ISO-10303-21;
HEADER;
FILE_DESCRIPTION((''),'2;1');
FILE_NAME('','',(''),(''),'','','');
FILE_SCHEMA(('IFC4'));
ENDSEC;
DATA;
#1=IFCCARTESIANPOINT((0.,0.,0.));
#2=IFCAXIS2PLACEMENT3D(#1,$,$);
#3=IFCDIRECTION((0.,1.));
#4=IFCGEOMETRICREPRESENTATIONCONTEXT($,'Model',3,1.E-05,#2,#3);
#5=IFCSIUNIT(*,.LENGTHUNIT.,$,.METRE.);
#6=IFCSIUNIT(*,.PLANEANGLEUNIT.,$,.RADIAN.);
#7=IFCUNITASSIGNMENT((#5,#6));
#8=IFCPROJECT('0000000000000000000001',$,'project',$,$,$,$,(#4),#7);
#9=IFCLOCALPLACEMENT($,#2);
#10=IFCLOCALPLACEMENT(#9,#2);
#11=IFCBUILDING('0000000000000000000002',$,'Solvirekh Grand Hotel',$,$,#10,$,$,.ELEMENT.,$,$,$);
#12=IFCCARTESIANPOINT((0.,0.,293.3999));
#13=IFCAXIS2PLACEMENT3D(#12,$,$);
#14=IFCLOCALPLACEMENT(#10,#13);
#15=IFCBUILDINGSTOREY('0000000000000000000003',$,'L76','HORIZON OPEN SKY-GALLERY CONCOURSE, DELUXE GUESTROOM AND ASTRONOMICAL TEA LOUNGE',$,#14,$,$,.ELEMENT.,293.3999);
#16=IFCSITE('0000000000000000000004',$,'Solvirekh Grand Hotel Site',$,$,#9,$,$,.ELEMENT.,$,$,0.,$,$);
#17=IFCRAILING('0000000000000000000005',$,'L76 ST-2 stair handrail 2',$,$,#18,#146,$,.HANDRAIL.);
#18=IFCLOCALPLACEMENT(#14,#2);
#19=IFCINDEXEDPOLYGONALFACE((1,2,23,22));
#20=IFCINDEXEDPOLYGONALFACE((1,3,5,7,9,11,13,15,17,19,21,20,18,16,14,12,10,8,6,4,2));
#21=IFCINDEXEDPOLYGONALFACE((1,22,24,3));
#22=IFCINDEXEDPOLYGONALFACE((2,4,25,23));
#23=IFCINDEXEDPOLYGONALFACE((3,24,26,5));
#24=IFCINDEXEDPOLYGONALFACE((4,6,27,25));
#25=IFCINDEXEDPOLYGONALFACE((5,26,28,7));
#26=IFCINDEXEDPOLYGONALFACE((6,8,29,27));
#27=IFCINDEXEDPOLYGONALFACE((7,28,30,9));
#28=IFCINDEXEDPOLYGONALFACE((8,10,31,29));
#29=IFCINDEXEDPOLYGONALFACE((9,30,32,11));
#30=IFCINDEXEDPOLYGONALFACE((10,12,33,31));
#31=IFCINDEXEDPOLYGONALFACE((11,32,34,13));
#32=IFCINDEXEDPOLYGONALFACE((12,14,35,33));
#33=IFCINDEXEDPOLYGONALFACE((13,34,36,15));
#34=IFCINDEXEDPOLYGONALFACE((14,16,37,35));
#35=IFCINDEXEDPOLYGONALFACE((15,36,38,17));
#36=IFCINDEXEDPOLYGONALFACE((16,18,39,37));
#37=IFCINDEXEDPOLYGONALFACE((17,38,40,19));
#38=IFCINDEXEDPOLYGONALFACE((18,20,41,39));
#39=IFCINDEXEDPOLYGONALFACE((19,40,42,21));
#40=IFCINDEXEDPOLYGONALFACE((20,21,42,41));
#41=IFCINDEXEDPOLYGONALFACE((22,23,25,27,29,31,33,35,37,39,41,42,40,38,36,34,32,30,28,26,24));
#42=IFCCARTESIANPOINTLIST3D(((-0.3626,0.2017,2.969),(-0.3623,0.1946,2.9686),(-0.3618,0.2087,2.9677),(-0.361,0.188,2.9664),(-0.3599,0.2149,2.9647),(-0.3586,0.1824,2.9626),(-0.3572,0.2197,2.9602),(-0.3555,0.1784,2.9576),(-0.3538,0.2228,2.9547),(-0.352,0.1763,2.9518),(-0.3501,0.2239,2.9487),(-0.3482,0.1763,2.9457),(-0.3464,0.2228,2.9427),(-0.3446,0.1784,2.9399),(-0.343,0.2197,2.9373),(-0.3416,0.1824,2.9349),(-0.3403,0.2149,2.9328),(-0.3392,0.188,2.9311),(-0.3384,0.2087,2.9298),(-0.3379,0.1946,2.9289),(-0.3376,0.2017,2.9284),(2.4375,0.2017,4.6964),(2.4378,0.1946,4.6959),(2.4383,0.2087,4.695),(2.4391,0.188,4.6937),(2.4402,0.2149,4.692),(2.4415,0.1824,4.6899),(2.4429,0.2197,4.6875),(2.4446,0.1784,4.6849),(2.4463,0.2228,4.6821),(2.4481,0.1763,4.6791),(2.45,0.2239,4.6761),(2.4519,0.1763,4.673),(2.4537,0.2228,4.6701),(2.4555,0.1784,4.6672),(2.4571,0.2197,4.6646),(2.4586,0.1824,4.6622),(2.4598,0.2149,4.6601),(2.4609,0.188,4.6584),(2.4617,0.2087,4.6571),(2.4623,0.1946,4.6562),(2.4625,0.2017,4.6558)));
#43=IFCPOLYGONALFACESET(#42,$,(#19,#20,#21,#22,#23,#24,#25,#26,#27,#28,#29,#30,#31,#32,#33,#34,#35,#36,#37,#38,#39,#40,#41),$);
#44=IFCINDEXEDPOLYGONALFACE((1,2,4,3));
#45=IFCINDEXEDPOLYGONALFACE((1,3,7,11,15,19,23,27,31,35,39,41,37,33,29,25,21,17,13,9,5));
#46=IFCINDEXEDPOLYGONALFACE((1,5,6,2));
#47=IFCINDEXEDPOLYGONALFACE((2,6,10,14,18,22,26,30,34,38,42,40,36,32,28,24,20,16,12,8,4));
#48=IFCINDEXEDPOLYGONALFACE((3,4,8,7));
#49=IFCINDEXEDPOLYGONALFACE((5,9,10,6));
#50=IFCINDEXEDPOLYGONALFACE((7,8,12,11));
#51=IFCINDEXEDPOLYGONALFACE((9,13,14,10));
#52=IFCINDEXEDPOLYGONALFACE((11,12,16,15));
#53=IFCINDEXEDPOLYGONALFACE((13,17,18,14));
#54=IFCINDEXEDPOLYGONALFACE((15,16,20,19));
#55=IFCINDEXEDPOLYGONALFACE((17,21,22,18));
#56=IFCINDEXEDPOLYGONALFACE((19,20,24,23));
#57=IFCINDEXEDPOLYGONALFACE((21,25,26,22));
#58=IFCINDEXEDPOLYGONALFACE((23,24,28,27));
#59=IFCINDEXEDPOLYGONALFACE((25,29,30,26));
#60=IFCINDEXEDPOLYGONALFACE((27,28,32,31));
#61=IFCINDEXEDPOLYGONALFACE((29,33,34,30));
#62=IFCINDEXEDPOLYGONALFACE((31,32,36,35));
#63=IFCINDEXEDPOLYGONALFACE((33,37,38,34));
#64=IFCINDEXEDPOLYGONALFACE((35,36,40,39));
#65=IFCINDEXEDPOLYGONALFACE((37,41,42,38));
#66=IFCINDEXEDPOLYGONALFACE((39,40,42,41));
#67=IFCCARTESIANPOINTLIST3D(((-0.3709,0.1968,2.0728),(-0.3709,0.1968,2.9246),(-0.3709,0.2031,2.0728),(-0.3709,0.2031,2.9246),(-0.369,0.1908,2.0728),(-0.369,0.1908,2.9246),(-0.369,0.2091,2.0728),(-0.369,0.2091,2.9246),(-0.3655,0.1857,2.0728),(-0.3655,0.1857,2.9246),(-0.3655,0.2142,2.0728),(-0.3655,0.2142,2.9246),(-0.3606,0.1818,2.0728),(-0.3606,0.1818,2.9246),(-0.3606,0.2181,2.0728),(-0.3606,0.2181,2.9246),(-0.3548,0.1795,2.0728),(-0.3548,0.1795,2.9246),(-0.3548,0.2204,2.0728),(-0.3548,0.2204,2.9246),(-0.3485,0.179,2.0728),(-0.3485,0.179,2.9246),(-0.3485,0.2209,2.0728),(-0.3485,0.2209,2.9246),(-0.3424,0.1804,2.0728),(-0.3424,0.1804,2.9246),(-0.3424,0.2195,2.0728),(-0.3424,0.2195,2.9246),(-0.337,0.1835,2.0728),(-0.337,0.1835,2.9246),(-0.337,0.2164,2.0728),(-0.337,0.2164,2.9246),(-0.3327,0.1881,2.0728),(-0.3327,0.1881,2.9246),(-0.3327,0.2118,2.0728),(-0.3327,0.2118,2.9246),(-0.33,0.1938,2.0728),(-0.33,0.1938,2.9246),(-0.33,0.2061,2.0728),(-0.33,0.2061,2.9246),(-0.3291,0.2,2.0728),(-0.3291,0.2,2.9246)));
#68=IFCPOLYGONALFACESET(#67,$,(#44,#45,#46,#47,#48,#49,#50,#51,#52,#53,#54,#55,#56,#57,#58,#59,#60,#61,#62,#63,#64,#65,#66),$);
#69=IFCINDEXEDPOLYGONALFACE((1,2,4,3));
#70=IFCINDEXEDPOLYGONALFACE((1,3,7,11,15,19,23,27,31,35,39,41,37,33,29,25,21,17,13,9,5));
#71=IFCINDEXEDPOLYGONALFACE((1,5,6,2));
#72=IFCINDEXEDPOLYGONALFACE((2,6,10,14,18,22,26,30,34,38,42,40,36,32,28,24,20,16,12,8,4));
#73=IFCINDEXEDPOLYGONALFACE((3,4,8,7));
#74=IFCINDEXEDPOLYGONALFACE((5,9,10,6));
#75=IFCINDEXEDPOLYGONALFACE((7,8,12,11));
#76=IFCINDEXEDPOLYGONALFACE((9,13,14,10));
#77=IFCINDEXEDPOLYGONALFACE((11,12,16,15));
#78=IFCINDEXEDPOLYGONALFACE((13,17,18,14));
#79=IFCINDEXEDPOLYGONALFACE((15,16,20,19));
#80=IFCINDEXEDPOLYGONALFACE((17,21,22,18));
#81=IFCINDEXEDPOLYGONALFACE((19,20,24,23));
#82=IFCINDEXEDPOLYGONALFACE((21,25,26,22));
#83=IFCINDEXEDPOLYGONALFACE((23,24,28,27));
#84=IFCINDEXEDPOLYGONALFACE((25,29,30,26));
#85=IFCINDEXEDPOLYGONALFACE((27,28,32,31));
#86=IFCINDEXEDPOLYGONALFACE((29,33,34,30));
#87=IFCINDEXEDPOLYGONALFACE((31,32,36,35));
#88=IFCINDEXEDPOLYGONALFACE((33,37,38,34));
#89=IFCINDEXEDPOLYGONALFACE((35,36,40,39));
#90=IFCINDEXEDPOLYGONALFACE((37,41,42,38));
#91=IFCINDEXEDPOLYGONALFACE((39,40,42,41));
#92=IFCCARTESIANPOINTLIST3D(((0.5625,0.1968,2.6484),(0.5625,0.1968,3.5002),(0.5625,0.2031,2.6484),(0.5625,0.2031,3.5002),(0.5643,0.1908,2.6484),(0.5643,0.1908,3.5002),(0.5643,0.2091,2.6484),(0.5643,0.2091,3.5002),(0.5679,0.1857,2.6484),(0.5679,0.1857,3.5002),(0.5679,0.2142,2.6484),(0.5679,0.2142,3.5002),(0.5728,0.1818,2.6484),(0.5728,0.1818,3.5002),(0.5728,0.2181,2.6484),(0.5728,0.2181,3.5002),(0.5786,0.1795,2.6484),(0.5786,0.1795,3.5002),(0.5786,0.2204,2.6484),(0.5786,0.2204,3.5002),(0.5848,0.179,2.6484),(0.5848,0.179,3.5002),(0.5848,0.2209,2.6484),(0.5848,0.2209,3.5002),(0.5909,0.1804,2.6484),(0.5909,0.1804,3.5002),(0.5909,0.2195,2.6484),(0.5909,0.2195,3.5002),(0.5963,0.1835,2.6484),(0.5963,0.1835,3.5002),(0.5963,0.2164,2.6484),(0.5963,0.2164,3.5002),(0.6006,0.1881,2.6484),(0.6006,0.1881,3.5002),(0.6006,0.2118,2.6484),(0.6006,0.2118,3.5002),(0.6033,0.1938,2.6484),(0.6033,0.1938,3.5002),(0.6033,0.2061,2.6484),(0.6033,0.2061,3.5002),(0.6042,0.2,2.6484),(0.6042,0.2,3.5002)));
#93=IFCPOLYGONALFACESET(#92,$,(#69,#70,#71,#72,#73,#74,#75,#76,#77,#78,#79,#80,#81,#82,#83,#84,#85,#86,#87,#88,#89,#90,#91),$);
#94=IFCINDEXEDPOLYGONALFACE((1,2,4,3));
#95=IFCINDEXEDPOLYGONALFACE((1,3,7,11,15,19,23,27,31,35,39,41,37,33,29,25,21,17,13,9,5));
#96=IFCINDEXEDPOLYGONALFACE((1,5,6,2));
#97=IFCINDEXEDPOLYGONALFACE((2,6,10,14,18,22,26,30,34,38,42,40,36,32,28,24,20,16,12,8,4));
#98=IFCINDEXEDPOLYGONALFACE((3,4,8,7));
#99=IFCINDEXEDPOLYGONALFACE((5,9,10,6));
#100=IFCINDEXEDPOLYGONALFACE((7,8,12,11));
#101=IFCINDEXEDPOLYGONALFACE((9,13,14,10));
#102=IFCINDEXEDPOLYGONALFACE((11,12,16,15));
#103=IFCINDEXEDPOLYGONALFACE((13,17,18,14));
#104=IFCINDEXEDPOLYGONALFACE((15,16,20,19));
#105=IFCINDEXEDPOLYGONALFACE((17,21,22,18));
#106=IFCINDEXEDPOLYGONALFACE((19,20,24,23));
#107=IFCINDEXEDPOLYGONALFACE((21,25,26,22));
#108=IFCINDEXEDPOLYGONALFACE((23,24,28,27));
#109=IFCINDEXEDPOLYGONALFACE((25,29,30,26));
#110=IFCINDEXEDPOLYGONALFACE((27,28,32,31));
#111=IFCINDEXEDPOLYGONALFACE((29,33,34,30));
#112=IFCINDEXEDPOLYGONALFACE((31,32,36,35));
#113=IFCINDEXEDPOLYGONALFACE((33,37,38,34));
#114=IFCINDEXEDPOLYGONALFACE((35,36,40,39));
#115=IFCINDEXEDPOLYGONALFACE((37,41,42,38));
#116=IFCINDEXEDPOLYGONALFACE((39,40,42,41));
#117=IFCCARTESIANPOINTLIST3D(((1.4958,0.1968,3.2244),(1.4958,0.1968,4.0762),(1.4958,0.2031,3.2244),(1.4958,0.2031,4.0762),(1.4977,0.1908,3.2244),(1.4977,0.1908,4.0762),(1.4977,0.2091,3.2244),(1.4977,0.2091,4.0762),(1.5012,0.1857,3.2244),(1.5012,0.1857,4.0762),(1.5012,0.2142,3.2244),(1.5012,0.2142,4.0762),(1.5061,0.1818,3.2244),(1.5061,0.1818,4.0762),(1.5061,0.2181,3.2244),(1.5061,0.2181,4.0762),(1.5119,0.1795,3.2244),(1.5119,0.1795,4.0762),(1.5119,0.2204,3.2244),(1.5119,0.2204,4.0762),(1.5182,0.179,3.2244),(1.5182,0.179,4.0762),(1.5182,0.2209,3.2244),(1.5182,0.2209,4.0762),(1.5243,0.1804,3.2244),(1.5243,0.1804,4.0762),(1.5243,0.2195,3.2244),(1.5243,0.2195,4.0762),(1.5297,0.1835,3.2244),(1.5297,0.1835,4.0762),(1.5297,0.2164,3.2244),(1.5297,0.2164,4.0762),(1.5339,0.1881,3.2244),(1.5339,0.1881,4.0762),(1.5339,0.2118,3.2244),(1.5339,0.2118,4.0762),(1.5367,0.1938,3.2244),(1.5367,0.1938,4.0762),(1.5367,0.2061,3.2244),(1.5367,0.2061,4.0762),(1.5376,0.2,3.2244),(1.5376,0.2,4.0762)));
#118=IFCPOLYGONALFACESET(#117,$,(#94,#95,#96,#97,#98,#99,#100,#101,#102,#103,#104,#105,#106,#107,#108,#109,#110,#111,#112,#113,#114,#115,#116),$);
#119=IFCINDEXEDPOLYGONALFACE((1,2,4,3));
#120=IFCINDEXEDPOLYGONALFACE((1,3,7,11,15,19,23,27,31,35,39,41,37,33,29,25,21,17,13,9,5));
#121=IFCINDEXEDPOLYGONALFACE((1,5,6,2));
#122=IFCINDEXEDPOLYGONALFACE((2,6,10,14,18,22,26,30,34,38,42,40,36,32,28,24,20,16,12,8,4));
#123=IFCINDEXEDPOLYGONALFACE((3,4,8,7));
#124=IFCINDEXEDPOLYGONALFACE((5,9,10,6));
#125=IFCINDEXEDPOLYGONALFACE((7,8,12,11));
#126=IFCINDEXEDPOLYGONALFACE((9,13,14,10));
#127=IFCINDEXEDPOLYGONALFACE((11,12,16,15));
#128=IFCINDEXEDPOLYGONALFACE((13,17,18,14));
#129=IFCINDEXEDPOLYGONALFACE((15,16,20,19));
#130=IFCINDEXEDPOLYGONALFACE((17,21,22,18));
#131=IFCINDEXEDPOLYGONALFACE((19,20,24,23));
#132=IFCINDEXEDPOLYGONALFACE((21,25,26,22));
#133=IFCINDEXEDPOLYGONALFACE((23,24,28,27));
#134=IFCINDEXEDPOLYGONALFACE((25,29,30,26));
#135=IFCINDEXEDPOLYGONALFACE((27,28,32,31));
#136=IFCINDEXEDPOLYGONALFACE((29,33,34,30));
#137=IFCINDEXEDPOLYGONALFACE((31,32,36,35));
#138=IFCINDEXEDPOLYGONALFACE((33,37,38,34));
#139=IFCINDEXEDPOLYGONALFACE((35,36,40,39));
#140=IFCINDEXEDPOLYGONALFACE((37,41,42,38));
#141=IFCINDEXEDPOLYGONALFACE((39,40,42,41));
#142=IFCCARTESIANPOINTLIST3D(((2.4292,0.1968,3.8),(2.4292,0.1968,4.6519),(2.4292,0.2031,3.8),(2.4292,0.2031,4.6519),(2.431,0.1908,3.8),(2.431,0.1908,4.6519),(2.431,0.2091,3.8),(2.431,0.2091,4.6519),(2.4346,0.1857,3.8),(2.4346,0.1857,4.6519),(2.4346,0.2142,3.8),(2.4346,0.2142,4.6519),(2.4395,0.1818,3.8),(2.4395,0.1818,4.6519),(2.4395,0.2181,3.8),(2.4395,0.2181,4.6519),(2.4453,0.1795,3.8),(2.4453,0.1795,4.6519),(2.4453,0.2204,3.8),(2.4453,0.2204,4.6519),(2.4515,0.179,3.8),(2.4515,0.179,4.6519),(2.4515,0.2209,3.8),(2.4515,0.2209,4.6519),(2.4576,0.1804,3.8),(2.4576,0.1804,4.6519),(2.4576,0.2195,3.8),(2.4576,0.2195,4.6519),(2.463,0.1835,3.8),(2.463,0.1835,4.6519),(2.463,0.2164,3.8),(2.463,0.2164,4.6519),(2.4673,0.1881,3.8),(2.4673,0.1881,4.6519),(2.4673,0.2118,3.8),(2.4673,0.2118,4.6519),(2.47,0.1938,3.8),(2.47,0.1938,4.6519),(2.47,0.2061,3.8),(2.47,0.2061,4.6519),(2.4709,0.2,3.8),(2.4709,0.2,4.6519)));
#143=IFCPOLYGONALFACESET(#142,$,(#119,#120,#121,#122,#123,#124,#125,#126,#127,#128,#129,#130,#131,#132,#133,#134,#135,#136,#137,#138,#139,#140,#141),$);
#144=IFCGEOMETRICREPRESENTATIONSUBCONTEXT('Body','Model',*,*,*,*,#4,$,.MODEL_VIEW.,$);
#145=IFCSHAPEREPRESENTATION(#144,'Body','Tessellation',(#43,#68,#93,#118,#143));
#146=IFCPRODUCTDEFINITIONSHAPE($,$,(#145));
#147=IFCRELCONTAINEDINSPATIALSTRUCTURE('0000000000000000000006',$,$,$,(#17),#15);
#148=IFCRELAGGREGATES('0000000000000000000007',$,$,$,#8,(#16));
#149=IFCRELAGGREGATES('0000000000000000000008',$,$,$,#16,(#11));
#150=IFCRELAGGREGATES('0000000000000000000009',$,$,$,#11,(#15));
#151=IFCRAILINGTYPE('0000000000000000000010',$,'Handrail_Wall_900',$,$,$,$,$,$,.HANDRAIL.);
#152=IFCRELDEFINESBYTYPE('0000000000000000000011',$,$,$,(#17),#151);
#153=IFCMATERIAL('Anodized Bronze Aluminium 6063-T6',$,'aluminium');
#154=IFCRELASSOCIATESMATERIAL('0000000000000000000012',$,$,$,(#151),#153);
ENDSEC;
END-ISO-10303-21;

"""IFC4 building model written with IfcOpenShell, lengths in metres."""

from ifc_helpers import new_model, si_unit, direction, frame, origin, origin_2d, place, context, subcontext, project, spatial, circle, extrude, material, type_object, element, save


model = new_model("IFC4")

# Units and contexts
model_context = context("Model", 3, precision=1e-05, world=origin(), true_north=direction((0.0, 1.0)))
body_context = subcontext(model_context, "Body", "Model", "MODEL_VIEW")
ifc_project = project(units=[si_unit("LENGTHUNIT", "METRE"), si_unit("PLANEANGLEUNIT", "RADIAN")], contexts=[model_context])

# Site, building, storey
site_placement = place(None, origin())
site = spatial("IfcSite", under=ifc_project, at=site_placement, Name="Solvirekh Grand Hotel Site", CompositionType="ELEMENT", RefElevation=0.0)
building_placement = place(site_placement, origin())
building = spatial("IfcBuilding", under=site, at=building_placement, Name="Solvirekh Grand Hotel", CompositionType="ELEMENT")
storey_placement = place(building_placement, frame((0.0, 0.0, 293.3999)))
storey = spatial("IfcBuildingStorey", under=building, at=storey_placement, Name="L76", Description="HORIZON OPEN SKY-GALLERY CONCOURSE, DELUXE GUESTROOM AND ASTRONOMICAL TEA LOUNGE", CompositionType="ELEMENT", Elevation=293.3999)

# Railing
ifc_material_1 = material(Name="Anodized Bronze Aluminium 6063-T6", Category="aluminium")
railing_type_1 = type_object("IfcRailingType", Name="Handrail_Wall_900", PredefinedType="HANDRAIL", material=ifc_material_1)
railing_1_placement = place(storey_placement, frame((-0.3501, 0.2, 2.0728)))
element("IfcRailing", 1, at=railing_1_placement, inside=storey, type_object=railing_type_1, Name="L76 ST-2 stair handrail 2", PredefinedType="HANDRAIL", context=body_context, shape_type="SweptSolid", body=[
    extrude(circle(Radius=0.0239, at=origin_2d()), frame((0.0, 0.0, 0.876), z_axis=(0.85109, 0.0, 0.52502), x_axis=(0.0, 1.0, 0.0)), (0.0, 0.0, 1.0), 3.29),
    extrude(circle(Radius=0.021, at=origin_2d()), origin(), (0.0, 0.0, 1.0), 0.8518),
    extrude(circle(Radius=0.021, at=origin_2d()), frame((0.9333, 0.0, 0.5757)), (0.0, 0.0, 1.0), 0.8518),
    extrude(circle(Radius=0.021, at=origin_2d()), frame((1.8667, 0.0, 1.1516)), (0.0, 0.0, 1.0), 0.8518),
    extrude(circle(Radius=0.021, at=origin_2d()), frame((2.8, 0.0, 1.7273)), (0.0, 0.0, 1.0), 0.8518),
])

save(model, "model.ifc")
